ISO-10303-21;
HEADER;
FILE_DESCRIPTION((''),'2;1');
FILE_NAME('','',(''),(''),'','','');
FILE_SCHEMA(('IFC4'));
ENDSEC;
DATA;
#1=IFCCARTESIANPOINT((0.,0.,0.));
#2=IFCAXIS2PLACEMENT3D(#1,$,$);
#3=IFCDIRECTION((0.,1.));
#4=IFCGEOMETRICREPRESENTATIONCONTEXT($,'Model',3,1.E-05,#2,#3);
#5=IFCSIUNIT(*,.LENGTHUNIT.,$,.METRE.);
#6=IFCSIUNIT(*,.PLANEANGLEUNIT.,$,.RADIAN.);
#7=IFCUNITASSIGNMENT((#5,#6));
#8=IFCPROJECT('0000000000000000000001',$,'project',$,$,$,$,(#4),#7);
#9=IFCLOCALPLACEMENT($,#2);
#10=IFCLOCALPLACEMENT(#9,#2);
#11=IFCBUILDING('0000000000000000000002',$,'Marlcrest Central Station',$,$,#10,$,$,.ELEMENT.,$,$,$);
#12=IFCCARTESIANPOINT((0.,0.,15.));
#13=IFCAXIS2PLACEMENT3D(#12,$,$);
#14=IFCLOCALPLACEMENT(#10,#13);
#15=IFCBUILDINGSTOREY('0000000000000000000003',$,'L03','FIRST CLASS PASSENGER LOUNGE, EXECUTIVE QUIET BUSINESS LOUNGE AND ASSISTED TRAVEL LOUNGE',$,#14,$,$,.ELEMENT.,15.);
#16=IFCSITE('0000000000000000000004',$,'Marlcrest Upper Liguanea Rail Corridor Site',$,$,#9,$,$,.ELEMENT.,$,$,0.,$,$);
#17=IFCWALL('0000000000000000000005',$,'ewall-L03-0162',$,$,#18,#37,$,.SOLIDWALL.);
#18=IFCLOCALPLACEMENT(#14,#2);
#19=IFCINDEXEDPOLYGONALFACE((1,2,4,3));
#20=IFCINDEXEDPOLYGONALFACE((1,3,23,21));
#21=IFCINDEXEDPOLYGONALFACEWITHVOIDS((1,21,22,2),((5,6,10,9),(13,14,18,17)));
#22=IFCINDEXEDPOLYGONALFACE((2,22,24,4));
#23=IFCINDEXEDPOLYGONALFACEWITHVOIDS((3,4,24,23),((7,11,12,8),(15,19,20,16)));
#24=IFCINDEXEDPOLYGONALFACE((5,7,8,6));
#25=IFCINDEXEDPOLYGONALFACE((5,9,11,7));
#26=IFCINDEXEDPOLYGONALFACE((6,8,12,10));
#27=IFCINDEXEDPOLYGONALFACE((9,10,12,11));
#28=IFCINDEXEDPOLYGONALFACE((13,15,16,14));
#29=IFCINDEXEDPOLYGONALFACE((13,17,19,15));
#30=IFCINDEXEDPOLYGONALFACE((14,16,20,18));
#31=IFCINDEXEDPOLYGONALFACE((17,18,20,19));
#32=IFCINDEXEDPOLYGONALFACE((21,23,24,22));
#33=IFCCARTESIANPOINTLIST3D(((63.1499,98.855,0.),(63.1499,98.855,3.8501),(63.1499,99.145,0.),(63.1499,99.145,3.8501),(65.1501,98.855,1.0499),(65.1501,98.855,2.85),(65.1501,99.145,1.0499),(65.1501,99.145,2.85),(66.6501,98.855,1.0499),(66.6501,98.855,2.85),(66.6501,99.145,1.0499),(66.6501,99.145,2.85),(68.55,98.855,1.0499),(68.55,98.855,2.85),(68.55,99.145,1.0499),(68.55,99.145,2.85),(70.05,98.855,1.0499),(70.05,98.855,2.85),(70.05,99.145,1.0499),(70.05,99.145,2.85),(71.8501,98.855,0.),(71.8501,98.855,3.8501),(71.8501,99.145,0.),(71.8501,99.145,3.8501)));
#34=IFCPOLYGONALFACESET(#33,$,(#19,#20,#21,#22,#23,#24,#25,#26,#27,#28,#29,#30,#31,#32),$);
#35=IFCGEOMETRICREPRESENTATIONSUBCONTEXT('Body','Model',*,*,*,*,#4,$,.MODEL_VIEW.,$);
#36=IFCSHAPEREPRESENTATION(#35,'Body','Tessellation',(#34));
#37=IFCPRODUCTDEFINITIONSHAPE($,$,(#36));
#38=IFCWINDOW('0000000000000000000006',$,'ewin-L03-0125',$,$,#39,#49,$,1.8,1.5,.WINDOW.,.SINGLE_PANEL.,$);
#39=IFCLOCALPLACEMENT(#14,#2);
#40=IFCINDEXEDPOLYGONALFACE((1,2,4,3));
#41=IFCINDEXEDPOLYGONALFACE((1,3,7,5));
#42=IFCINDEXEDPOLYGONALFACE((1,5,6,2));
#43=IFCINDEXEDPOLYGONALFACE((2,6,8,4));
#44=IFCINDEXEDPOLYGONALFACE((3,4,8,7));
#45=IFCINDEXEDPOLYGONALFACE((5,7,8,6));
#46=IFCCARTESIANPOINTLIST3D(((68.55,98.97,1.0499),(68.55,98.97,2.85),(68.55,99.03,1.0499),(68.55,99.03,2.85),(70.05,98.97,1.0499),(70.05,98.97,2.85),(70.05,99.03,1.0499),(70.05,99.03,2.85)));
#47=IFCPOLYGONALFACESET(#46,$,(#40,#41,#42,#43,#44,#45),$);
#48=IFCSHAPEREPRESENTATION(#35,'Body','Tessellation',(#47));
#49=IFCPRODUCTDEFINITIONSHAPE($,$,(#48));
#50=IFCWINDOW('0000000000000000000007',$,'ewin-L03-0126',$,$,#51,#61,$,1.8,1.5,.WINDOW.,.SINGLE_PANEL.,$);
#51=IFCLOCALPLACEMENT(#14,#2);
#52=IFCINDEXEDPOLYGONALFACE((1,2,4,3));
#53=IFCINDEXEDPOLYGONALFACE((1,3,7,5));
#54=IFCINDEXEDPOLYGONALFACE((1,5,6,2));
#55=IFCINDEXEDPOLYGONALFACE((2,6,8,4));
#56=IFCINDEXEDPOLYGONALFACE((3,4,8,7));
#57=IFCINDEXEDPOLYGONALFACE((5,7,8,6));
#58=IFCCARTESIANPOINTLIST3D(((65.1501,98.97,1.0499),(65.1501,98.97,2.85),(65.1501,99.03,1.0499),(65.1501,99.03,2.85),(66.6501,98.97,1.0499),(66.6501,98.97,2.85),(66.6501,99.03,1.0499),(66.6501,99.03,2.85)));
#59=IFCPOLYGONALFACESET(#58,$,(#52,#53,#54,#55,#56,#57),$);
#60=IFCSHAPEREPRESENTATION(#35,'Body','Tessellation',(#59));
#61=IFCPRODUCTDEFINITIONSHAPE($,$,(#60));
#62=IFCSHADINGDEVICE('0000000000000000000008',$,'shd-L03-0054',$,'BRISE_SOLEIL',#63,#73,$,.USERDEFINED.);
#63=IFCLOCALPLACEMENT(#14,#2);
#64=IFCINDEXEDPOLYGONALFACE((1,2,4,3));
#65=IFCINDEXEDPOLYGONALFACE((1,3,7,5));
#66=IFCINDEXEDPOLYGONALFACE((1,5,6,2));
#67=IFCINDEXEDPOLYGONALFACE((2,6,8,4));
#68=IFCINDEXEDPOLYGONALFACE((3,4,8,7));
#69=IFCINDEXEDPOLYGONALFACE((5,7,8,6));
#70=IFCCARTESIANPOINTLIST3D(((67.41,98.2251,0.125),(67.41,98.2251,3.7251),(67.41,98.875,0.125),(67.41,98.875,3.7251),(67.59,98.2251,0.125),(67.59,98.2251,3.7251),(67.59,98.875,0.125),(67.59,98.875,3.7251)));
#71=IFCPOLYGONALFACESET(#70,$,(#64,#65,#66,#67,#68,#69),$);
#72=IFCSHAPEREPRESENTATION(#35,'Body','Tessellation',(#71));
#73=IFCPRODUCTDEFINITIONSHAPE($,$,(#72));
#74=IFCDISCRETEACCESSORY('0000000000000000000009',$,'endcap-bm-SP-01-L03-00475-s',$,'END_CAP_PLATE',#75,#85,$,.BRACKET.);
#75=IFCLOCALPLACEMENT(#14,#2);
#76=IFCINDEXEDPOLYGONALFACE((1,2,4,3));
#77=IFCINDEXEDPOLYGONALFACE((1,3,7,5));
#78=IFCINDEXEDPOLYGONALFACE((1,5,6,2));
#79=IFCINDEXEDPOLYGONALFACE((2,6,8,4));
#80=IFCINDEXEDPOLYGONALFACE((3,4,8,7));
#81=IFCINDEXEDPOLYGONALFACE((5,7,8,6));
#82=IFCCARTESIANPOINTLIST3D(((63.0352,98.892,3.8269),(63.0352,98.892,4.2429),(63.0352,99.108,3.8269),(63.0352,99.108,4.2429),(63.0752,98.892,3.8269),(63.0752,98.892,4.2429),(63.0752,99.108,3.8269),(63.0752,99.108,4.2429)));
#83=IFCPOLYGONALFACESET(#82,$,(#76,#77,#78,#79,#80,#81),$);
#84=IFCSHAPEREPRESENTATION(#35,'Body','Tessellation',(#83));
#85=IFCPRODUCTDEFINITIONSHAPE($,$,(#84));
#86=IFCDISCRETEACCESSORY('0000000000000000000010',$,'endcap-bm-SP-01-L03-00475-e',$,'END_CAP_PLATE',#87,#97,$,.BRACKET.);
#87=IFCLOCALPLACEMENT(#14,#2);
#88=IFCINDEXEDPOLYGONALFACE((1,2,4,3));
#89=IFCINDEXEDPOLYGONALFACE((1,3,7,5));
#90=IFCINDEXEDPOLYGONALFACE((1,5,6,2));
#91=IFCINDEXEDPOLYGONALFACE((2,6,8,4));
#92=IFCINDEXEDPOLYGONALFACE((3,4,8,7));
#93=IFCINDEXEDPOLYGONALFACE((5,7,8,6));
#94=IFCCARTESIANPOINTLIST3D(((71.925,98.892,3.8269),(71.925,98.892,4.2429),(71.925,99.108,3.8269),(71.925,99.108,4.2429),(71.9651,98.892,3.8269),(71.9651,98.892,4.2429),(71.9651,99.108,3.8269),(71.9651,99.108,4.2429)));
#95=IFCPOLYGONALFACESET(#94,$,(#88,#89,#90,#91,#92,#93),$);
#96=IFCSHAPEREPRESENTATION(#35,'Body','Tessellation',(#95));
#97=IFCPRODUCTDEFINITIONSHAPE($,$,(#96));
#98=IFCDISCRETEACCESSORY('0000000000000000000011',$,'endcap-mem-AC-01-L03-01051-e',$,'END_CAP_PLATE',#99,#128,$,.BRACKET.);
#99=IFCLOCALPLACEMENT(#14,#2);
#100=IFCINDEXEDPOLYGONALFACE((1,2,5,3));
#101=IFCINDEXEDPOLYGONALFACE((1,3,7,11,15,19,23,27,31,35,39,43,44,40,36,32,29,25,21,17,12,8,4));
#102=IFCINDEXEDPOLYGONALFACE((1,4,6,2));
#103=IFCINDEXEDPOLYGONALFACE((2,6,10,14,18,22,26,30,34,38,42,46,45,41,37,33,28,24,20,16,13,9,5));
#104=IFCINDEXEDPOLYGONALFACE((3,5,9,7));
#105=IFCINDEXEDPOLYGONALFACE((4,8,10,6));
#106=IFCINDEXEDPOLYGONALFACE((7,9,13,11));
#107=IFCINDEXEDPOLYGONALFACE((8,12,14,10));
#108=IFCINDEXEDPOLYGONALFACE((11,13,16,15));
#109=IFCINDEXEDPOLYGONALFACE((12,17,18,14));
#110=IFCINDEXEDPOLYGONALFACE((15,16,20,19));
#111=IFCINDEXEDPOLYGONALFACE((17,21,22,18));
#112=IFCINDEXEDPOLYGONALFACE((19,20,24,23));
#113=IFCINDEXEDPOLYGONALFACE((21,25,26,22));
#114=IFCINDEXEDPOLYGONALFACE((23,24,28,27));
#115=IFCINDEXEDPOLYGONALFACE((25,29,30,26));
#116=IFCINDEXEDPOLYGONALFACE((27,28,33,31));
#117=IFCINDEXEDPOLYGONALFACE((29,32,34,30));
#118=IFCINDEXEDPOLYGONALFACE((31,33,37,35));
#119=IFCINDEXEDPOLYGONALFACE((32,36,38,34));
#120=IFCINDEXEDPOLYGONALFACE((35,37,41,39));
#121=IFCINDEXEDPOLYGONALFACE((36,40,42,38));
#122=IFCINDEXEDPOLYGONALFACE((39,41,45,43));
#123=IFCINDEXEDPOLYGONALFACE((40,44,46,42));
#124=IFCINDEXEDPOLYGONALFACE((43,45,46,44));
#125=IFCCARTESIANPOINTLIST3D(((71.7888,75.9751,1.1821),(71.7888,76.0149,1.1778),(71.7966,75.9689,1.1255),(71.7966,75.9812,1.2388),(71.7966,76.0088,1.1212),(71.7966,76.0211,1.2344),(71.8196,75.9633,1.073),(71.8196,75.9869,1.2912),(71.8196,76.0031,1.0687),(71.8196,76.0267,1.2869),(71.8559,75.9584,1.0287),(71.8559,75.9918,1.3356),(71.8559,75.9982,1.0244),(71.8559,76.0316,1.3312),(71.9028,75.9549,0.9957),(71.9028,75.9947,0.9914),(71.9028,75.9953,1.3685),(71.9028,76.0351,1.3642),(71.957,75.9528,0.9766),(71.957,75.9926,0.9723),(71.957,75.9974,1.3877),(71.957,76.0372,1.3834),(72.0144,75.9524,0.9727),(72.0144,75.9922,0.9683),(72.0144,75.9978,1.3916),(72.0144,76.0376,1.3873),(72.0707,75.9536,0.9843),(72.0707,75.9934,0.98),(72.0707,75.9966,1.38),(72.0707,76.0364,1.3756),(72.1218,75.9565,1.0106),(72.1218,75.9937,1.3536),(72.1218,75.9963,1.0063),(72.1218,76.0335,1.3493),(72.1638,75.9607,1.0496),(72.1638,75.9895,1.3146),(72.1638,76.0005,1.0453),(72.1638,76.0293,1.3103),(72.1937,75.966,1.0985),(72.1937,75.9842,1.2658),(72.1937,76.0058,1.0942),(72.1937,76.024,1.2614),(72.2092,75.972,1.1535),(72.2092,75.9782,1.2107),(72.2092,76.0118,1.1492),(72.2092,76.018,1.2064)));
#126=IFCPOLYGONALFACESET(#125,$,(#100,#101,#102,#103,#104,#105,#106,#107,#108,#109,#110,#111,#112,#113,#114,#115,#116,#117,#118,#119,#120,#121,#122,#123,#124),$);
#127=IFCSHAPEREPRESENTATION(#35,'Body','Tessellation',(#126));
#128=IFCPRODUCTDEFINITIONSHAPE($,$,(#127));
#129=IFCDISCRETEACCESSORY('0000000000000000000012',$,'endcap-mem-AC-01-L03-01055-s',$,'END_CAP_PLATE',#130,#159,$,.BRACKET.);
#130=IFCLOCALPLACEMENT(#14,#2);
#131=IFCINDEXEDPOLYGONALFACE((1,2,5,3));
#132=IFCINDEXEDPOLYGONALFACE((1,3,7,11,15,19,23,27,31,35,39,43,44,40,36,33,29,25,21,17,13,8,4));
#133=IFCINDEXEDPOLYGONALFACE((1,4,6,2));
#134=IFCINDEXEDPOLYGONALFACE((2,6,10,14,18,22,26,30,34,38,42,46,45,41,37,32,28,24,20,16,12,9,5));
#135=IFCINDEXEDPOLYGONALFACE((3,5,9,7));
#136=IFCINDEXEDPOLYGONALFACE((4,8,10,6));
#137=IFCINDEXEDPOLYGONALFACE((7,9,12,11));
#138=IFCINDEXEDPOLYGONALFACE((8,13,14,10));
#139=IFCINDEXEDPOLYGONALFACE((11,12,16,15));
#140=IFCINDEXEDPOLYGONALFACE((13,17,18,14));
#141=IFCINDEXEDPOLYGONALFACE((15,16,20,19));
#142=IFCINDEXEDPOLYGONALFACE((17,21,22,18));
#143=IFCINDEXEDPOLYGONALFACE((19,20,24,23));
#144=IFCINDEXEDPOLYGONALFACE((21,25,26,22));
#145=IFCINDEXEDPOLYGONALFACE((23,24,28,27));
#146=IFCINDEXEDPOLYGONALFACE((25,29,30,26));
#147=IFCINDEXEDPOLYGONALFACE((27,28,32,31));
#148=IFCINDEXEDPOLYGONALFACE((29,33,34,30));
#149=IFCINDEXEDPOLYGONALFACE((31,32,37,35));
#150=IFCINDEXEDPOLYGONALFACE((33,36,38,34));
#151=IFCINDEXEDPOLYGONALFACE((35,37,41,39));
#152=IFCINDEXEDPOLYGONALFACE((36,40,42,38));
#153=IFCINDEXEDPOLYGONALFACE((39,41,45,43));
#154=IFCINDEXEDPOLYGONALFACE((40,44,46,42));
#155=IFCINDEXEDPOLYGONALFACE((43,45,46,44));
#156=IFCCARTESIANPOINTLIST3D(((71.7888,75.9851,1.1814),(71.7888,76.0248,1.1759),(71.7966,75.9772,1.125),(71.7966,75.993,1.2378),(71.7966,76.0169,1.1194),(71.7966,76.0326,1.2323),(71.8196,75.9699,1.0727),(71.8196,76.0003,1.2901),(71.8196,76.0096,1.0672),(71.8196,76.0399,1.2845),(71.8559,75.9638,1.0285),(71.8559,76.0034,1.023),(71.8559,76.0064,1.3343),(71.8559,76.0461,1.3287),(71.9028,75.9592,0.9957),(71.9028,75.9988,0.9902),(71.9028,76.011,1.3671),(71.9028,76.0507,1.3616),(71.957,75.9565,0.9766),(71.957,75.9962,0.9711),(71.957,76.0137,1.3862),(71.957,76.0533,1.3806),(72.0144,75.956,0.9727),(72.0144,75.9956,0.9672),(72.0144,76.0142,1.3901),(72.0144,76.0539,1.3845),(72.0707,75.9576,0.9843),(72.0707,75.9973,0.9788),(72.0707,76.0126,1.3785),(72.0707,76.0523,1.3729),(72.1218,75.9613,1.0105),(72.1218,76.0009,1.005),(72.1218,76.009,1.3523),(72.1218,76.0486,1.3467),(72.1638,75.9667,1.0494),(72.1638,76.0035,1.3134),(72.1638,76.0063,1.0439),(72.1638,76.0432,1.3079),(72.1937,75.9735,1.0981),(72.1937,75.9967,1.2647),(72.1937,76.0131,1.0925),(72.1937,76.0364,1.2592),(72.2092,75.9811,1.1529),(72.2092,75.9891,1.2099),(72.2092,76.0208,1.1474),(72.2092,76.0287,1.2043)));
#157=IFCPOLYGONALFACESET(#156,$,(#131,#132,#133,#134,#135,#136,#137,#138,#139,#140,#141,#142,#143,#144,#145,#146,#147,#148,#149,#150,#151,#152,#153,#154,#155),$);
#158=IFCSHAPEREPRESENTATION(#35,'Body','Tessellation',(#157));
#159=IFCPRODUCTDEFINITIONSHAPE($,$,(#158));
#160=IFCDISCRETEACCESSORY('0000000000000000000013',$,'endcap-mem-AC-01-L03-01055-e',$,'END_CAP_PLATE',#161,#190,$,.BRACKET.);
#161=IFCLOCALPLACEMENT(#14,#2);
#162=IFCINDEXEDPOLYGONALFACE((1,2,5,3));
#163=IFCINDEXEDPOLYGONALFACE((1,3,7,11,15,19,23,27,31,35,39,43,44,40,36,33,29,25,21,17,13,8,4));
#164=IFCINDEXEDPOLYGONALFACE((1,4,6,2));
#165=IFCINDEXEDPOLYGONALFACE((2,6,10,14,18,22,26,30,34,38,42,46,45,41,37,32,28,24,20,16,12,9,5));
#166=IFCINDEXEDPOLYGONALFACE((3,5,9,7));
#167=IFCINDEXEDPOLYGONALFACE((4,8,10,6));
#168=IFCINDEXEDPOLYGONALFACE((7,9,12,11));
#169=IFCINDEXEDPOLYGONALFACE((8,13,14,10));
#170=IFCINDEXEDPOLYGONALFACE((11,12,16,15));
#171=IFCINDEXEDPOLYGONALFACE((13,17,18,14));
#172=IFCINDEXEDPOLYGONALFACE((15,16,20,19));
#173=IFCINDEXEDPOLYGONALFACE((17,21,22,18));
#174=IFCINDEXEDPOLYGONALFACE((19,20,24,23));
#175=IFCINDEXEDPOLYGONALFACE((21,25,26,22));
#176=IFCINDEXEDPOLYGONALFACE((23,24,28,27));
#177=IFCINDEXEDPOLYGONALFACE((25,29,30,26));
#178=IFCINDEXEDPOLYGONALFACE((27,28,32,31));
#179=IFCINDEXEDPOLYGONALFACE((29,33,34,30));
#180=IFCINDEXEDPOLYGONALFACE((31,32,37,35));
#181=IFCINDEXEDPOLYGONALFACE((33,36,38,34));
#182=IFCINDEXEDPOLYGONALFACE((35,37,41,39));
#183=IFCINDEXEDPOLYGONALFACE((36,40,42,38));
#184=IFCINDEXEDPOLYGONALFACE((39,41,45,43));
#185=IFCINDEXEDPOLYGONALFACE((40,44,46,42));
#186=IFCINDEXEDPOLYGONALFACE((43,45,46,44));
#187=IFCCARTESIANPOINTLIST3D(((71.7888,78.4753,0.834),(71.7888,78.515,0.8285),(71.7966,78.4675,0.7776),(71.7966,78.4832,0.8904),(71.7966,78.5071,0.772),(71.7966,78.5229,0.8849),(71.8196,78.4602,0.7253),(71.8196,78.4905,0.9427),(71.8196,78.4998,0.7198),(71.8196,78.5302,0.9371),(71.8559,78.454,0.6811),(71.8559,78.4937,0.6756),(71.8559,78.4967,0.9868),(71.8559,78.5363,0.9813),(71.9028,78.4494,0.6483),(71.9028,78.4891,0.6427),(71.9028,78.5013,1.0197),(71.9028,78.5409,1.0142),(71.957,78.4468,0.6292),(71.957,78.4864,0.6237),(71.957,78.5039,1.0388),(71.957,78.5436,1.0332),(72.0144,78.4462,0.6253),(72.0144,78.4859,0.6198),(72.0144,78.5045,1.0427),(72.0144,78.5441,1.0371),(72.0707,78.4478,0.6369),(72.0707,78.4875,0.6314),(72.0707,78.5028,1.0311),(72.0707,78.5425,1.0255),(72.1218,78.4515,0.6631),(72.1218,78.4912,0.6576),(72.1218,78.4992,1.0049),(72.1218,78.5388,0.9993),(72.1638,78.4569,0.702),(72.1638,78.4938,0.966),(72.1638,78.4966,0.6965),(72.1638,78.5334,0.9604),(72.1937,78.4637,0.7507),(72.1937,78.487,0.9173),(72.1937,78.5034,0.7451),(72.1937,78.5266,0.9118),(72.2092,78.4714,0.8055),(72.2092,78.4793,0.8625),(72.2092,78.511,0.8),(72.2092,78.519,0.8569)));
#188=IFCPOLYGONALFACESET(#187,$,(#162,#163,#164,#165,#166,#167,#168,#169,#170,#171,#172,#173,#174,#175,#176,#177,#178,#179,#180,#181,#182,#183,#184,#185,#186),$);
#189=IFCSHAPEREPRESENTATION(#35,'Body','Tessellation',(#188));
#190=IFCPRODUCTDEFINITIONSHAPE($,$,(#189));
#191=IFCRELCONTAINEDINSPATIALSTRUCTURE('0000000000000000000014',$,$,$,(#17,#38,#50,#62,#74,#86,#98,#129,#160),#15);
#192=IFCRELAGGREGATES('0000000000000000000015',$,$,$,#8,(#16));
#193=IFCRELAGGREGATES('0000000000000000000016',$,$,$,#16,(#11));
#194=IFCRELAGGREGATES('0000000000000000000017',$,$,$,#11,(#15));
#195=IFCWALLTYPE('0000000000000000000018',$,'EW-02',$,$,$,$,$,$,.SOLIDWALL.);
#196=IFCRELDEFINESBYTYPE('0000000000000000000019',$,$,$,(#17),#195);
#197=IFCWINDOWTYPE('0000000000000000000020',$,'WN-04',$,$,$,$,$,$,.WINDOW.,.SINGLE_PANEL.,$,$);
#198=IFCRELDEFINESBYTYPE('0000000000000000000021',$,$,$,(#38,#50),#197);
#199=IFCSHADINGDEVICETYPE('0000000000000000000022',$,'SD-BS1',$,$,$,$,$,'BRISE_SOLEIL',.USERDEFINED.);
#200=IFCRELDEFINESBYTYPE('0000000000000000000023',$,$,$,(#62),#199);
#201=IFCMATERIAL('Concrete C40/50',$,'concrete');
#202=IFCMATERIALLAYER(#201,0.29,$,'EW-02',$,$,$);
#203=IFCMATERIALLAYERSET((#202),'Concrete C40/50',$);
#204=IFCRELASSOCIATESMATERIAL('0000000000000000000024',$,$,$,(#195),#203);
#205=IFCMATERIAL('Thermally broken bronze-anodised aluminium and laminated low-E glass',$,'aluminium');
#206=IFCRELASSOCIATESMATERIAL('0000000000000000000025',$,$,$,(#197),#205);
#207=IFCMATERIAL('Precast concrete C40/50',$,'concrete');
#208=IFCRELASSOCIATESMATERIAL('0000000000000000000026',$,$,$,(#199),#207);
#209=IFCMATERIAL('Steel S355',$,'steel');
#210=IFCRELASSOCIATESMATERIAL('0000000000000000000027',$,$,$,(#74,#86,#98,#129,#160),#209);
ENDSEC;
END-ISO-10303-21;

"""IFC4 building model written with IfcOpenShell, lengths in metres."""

from ifc_helpers import new_model, si_unit, direction, frame, frame_2d, origin, origin_2d, place, context, subcontext, project, spatial, rectangle, circle, extrude, material, layer, layer_set, type_object, element, fill, save


model = new_model("IFC4")

# Units and contexts
model_context = context("Model", 3, precision=1e-05, world=origin(), true_north=direction((0.0, 1.0)))
body_context = subcontext(model_context, "Body", "Model", "MODEL_VIEW")
ifc_project = project(units=[si_unit("LENGTHUNIT", "METRE"), si_unit("PLANEANGLEUNIT", "RADIAN")], contexts=[model_context])

# Site, building, storey
site_placement = place(None, origin())
site = spatial("IfcSite", under=ifc_project, at=site_placement, Name="Marlcrest Upper Liguanea Rail Corridor Site", CompositionType="ELEMENT", RefElevation=0.0)
building_placement = place(site_placement, origin())
building = spatial("IfcBuilding", under=site, at=building_placement, Name="Marlcrest Central Station", CompositionType="ELEMENT")
storey_placement = place(building_placement, frame((0.0, 0.0, 15.0)))
storey = spatial("IfcBuildingStorey", under=building, at=storey_placement, Name="L03", Description="FIRST CLASS PASSENGER LOUNGE, EXECUTIVE QUIET BUSINESS LOUNGE AND ASSISTED TRAVEL LOUNGE", CompositionType="ELEMENT", Elevation=15.0)

# Shared definitions
ifc_material_1 = material(Name="Steel S355", Category="steel")

# Wall, openings, windows
ifc_material_2 = material(Name="Concrete C40/50", Category="concrete")
ifc_layer = layer(ifc_material_2, 0.29, Name="EW-02")
ifc_layer_set = layer_set([ifc_layer], Name="Concrete C40/50")
wall_type = type_object("IfcWallType", Name="EW-02", PredefinedType="SOLIDWALL", material=ifc_layer_set)
wall_placement = place(storey_placement, frame((71.8501, 99.0, 0.0), z_axis=(0.0, 0.0, 1.0), x_axis=(-1.0, 0.0, 0.0)))
wall = element("IfcWall", 1, at=wall_placement, inside=storey, type_object=wall_type, Name="ewall-L03-0162", PredefinedType="SOLIDWALL", context=body_context, shape_type="SweptSolid", body=[
    extrude(rectangle(XDim=8.7002, YDim=0.29, at=frame_2d((4.3501, 0.0))), origin(), (0.0, 0.0, 1.0), 3.8501),
])
opening_1_placement = place(wall_placement, frame((1.8, 0.0, 1.05)))
opening_1 = element("IfcOpeningElement", 2, at=opening_1_placement, cuts=wall, PredefinedType="OPENING", context=body_context, shape_type="SweptSolid", body=[
    extrude(rectangle(XDim=1.5, YDim=1.8, at=frame_2d((0.75, 0.8999))), frame((0.0, 0.155, 0.0), z_axis=(0.0, -1.0, 0.0), x_axis=(1.0, 0.0, 0.0)), (0.0, 0.0, 1.0), 0.3101),
])
opening_2_placement = place(wall_placement, frame((5.2, 0.0, 1.05)))
opening_2 = element("IfcOpeningElement", 3, at=opening_2_placement, cuts=wall, PredefinedType="OPENING", context=body_context, shape_type="SweptSolid", body=[
    extrude(rectangle(XDim=1.5, YDim=1.8, at=frame_2d((0.75, 0.8999))), frame((0.0, 0.155, 0.0), z_axis=(0.0, -1.0, 0.0), x_axis=(1.0, 0.0, 0.0)), (0.0, 0.0, 1.0), 0.3101),
])
ifc_material_3 = material(Name="Thermally broken bronze-anodised aluminium and laminated low-E glass", Category="aluminium")
window_type = type_object("IfcWindowType", Name="WN-04", PartitioningType="SINGLE_PANEL", PredefinedType="WINDOW", material=ifc_material_3)
window_1_placement = place(opening_1_placement, origin())
window_1 = element("IfcWindow", 4, at=window_1_placement, inside=storey, type_object=window_type, Name="ewin-L03-0125", OverallHeight=1.8, OverallWidth=1.5, PartitioningType="SINGLE_PANEL", PredefinedType="WINDOW", context=body_context, shape_type="SweptSolid", body=[
    extrude(rectangle(XDim=1.5, YDim=1.8, at=frame_2d((0.75, 0.8999))), frame((0.0, 0.03, 0.0), z_axis=(0.0, -1.0, 0.0), x_axis=(1.0, 0.0, 0.0)), (0.0, 0.0, 1.0), 0.0601),
])
fill(opening_1, window_1)
window_2_placement = place(opening_2_placement, origin())
window_2 = element("IfcWindow", 5, at=window_2_placement, inside=storey, type_object=window_type, Name="ewin-L03-0126", OverallHeight=1.8, OverallWidth=1.5, PartitioningType="SINGLE_PANEL", PredefinedType="WINDOW", context=body_context, shape_type="SweptSolid", body=[
    extrude(rectangle(XDim=1.5, YDim=1.8, at=frame_2d((0.75, 0.8999))), frame((0.0, 0.03, 0.0), z_axis=(0.0, -1.0, 0.0), x_axis=(1.0, 0.0, 0.0)), (0.0, 0.0, 1.0), 0.0601),
])
fill(opening_2, window_2)

# Shading device
ifc_material_4 = material(Name="Precast concrete C40/50", Category="concrete")
shading_device_type = type_object("IfcShadingDeviceType", Name="SD-BS1", ElementType="BRISE_SOLEIL", PredefinedType="USERDEFINED", material=ifc_material_4)
shading_device_placement = place(storey_placement, frame((67.5, 98.55, 0.125), z_axis=(0.0, 0.0, 1.0), x_axis=(1.0, 0.0, 0.0)))
element("IfcShadingDevice", 6, at=shading_device_placement, inside=storey, type_object=shading_device_type, Name="shd-L03-0054", ObjectType="BRISE_SOLEIL", PredefinedType="USERDEFINED", context=body_context, shape_type="SweptSolid", body=[
    extrude(rectangle(XDim=0.1799, YDim=0.6499, at=origin_2d()), origin(), (0.0, 0.0, 1.0), 3.6001),
])

# Discrete accessories
for number, where, z_axis, x_axis, name in (
    (7, (63.0352, 99.0, 4.0349), (1.0, 0.0, 0.0), (0.0, 1.0, 0.0), "endcap-bm-SP-01-L03-00475-s"),
    (8, (71.925, 99.0, 4.0349), (1.0, 0.0, 0.0), (0.0, 1.0, 0.0), "endcap-bm-SP-01-L03-00475-e"),
):
    element("IfcDiscreteAccessory", number, at=place(storey_placement, frame(where, z_axis=z_axis, x_axis=x_axis)), inside=storey, material=ifc_material_1, Name=name, ObjectType="END_CAP_PLATE", PredefinedType="BRACKET", context=body_context, shape_type="SweptSolid", body=[
        extrude(rectangle(XDim=0.2161, YDim=0.416, at=origin_2d()), origin(), (0.0, 0.0, 1.0), 0.04),
    ])
for number, where, z_axis, x_axis, name in (
    (9, (72.0, 75.9751, 1.1821), (0.0, 0.994155, -0.107959), (-1.0, 0.0, 0.0), "endcap-mem-AC-01-L03-01051-e"),
    (10, (72.0, 75.9851, 1.1814), (0.0, 0.990403, -0.138211), (-1.0, 0.0, 0.0), "endcap-mem-AC-01-L03-01055-s"),
    (11, (72.0, 78.4753, 0.834), (0.0, 0.990403, -0.138211), (-1.0, 0.0, 0.0), "endcap-mem-AC-01-L03-01055-e"),
):
    element("IfcDiscreteAccessory", number, at=place(storey_placement, frame(where, z_axis=z_axis, x_axis=x_axis)), inside=storey, material=ifc_material_1, Name=name, ObjectType="END_CAP_PLATE", PredefinedType="BRACKET", context=body_context, shape_type="SweptSolid", body=[
        extrude(circle(Radius=0.2112, at=origin_2d()), origin(), (0.0, 0.0, 1.0), 0.04),
    ])

save(model, "model.ifc")
